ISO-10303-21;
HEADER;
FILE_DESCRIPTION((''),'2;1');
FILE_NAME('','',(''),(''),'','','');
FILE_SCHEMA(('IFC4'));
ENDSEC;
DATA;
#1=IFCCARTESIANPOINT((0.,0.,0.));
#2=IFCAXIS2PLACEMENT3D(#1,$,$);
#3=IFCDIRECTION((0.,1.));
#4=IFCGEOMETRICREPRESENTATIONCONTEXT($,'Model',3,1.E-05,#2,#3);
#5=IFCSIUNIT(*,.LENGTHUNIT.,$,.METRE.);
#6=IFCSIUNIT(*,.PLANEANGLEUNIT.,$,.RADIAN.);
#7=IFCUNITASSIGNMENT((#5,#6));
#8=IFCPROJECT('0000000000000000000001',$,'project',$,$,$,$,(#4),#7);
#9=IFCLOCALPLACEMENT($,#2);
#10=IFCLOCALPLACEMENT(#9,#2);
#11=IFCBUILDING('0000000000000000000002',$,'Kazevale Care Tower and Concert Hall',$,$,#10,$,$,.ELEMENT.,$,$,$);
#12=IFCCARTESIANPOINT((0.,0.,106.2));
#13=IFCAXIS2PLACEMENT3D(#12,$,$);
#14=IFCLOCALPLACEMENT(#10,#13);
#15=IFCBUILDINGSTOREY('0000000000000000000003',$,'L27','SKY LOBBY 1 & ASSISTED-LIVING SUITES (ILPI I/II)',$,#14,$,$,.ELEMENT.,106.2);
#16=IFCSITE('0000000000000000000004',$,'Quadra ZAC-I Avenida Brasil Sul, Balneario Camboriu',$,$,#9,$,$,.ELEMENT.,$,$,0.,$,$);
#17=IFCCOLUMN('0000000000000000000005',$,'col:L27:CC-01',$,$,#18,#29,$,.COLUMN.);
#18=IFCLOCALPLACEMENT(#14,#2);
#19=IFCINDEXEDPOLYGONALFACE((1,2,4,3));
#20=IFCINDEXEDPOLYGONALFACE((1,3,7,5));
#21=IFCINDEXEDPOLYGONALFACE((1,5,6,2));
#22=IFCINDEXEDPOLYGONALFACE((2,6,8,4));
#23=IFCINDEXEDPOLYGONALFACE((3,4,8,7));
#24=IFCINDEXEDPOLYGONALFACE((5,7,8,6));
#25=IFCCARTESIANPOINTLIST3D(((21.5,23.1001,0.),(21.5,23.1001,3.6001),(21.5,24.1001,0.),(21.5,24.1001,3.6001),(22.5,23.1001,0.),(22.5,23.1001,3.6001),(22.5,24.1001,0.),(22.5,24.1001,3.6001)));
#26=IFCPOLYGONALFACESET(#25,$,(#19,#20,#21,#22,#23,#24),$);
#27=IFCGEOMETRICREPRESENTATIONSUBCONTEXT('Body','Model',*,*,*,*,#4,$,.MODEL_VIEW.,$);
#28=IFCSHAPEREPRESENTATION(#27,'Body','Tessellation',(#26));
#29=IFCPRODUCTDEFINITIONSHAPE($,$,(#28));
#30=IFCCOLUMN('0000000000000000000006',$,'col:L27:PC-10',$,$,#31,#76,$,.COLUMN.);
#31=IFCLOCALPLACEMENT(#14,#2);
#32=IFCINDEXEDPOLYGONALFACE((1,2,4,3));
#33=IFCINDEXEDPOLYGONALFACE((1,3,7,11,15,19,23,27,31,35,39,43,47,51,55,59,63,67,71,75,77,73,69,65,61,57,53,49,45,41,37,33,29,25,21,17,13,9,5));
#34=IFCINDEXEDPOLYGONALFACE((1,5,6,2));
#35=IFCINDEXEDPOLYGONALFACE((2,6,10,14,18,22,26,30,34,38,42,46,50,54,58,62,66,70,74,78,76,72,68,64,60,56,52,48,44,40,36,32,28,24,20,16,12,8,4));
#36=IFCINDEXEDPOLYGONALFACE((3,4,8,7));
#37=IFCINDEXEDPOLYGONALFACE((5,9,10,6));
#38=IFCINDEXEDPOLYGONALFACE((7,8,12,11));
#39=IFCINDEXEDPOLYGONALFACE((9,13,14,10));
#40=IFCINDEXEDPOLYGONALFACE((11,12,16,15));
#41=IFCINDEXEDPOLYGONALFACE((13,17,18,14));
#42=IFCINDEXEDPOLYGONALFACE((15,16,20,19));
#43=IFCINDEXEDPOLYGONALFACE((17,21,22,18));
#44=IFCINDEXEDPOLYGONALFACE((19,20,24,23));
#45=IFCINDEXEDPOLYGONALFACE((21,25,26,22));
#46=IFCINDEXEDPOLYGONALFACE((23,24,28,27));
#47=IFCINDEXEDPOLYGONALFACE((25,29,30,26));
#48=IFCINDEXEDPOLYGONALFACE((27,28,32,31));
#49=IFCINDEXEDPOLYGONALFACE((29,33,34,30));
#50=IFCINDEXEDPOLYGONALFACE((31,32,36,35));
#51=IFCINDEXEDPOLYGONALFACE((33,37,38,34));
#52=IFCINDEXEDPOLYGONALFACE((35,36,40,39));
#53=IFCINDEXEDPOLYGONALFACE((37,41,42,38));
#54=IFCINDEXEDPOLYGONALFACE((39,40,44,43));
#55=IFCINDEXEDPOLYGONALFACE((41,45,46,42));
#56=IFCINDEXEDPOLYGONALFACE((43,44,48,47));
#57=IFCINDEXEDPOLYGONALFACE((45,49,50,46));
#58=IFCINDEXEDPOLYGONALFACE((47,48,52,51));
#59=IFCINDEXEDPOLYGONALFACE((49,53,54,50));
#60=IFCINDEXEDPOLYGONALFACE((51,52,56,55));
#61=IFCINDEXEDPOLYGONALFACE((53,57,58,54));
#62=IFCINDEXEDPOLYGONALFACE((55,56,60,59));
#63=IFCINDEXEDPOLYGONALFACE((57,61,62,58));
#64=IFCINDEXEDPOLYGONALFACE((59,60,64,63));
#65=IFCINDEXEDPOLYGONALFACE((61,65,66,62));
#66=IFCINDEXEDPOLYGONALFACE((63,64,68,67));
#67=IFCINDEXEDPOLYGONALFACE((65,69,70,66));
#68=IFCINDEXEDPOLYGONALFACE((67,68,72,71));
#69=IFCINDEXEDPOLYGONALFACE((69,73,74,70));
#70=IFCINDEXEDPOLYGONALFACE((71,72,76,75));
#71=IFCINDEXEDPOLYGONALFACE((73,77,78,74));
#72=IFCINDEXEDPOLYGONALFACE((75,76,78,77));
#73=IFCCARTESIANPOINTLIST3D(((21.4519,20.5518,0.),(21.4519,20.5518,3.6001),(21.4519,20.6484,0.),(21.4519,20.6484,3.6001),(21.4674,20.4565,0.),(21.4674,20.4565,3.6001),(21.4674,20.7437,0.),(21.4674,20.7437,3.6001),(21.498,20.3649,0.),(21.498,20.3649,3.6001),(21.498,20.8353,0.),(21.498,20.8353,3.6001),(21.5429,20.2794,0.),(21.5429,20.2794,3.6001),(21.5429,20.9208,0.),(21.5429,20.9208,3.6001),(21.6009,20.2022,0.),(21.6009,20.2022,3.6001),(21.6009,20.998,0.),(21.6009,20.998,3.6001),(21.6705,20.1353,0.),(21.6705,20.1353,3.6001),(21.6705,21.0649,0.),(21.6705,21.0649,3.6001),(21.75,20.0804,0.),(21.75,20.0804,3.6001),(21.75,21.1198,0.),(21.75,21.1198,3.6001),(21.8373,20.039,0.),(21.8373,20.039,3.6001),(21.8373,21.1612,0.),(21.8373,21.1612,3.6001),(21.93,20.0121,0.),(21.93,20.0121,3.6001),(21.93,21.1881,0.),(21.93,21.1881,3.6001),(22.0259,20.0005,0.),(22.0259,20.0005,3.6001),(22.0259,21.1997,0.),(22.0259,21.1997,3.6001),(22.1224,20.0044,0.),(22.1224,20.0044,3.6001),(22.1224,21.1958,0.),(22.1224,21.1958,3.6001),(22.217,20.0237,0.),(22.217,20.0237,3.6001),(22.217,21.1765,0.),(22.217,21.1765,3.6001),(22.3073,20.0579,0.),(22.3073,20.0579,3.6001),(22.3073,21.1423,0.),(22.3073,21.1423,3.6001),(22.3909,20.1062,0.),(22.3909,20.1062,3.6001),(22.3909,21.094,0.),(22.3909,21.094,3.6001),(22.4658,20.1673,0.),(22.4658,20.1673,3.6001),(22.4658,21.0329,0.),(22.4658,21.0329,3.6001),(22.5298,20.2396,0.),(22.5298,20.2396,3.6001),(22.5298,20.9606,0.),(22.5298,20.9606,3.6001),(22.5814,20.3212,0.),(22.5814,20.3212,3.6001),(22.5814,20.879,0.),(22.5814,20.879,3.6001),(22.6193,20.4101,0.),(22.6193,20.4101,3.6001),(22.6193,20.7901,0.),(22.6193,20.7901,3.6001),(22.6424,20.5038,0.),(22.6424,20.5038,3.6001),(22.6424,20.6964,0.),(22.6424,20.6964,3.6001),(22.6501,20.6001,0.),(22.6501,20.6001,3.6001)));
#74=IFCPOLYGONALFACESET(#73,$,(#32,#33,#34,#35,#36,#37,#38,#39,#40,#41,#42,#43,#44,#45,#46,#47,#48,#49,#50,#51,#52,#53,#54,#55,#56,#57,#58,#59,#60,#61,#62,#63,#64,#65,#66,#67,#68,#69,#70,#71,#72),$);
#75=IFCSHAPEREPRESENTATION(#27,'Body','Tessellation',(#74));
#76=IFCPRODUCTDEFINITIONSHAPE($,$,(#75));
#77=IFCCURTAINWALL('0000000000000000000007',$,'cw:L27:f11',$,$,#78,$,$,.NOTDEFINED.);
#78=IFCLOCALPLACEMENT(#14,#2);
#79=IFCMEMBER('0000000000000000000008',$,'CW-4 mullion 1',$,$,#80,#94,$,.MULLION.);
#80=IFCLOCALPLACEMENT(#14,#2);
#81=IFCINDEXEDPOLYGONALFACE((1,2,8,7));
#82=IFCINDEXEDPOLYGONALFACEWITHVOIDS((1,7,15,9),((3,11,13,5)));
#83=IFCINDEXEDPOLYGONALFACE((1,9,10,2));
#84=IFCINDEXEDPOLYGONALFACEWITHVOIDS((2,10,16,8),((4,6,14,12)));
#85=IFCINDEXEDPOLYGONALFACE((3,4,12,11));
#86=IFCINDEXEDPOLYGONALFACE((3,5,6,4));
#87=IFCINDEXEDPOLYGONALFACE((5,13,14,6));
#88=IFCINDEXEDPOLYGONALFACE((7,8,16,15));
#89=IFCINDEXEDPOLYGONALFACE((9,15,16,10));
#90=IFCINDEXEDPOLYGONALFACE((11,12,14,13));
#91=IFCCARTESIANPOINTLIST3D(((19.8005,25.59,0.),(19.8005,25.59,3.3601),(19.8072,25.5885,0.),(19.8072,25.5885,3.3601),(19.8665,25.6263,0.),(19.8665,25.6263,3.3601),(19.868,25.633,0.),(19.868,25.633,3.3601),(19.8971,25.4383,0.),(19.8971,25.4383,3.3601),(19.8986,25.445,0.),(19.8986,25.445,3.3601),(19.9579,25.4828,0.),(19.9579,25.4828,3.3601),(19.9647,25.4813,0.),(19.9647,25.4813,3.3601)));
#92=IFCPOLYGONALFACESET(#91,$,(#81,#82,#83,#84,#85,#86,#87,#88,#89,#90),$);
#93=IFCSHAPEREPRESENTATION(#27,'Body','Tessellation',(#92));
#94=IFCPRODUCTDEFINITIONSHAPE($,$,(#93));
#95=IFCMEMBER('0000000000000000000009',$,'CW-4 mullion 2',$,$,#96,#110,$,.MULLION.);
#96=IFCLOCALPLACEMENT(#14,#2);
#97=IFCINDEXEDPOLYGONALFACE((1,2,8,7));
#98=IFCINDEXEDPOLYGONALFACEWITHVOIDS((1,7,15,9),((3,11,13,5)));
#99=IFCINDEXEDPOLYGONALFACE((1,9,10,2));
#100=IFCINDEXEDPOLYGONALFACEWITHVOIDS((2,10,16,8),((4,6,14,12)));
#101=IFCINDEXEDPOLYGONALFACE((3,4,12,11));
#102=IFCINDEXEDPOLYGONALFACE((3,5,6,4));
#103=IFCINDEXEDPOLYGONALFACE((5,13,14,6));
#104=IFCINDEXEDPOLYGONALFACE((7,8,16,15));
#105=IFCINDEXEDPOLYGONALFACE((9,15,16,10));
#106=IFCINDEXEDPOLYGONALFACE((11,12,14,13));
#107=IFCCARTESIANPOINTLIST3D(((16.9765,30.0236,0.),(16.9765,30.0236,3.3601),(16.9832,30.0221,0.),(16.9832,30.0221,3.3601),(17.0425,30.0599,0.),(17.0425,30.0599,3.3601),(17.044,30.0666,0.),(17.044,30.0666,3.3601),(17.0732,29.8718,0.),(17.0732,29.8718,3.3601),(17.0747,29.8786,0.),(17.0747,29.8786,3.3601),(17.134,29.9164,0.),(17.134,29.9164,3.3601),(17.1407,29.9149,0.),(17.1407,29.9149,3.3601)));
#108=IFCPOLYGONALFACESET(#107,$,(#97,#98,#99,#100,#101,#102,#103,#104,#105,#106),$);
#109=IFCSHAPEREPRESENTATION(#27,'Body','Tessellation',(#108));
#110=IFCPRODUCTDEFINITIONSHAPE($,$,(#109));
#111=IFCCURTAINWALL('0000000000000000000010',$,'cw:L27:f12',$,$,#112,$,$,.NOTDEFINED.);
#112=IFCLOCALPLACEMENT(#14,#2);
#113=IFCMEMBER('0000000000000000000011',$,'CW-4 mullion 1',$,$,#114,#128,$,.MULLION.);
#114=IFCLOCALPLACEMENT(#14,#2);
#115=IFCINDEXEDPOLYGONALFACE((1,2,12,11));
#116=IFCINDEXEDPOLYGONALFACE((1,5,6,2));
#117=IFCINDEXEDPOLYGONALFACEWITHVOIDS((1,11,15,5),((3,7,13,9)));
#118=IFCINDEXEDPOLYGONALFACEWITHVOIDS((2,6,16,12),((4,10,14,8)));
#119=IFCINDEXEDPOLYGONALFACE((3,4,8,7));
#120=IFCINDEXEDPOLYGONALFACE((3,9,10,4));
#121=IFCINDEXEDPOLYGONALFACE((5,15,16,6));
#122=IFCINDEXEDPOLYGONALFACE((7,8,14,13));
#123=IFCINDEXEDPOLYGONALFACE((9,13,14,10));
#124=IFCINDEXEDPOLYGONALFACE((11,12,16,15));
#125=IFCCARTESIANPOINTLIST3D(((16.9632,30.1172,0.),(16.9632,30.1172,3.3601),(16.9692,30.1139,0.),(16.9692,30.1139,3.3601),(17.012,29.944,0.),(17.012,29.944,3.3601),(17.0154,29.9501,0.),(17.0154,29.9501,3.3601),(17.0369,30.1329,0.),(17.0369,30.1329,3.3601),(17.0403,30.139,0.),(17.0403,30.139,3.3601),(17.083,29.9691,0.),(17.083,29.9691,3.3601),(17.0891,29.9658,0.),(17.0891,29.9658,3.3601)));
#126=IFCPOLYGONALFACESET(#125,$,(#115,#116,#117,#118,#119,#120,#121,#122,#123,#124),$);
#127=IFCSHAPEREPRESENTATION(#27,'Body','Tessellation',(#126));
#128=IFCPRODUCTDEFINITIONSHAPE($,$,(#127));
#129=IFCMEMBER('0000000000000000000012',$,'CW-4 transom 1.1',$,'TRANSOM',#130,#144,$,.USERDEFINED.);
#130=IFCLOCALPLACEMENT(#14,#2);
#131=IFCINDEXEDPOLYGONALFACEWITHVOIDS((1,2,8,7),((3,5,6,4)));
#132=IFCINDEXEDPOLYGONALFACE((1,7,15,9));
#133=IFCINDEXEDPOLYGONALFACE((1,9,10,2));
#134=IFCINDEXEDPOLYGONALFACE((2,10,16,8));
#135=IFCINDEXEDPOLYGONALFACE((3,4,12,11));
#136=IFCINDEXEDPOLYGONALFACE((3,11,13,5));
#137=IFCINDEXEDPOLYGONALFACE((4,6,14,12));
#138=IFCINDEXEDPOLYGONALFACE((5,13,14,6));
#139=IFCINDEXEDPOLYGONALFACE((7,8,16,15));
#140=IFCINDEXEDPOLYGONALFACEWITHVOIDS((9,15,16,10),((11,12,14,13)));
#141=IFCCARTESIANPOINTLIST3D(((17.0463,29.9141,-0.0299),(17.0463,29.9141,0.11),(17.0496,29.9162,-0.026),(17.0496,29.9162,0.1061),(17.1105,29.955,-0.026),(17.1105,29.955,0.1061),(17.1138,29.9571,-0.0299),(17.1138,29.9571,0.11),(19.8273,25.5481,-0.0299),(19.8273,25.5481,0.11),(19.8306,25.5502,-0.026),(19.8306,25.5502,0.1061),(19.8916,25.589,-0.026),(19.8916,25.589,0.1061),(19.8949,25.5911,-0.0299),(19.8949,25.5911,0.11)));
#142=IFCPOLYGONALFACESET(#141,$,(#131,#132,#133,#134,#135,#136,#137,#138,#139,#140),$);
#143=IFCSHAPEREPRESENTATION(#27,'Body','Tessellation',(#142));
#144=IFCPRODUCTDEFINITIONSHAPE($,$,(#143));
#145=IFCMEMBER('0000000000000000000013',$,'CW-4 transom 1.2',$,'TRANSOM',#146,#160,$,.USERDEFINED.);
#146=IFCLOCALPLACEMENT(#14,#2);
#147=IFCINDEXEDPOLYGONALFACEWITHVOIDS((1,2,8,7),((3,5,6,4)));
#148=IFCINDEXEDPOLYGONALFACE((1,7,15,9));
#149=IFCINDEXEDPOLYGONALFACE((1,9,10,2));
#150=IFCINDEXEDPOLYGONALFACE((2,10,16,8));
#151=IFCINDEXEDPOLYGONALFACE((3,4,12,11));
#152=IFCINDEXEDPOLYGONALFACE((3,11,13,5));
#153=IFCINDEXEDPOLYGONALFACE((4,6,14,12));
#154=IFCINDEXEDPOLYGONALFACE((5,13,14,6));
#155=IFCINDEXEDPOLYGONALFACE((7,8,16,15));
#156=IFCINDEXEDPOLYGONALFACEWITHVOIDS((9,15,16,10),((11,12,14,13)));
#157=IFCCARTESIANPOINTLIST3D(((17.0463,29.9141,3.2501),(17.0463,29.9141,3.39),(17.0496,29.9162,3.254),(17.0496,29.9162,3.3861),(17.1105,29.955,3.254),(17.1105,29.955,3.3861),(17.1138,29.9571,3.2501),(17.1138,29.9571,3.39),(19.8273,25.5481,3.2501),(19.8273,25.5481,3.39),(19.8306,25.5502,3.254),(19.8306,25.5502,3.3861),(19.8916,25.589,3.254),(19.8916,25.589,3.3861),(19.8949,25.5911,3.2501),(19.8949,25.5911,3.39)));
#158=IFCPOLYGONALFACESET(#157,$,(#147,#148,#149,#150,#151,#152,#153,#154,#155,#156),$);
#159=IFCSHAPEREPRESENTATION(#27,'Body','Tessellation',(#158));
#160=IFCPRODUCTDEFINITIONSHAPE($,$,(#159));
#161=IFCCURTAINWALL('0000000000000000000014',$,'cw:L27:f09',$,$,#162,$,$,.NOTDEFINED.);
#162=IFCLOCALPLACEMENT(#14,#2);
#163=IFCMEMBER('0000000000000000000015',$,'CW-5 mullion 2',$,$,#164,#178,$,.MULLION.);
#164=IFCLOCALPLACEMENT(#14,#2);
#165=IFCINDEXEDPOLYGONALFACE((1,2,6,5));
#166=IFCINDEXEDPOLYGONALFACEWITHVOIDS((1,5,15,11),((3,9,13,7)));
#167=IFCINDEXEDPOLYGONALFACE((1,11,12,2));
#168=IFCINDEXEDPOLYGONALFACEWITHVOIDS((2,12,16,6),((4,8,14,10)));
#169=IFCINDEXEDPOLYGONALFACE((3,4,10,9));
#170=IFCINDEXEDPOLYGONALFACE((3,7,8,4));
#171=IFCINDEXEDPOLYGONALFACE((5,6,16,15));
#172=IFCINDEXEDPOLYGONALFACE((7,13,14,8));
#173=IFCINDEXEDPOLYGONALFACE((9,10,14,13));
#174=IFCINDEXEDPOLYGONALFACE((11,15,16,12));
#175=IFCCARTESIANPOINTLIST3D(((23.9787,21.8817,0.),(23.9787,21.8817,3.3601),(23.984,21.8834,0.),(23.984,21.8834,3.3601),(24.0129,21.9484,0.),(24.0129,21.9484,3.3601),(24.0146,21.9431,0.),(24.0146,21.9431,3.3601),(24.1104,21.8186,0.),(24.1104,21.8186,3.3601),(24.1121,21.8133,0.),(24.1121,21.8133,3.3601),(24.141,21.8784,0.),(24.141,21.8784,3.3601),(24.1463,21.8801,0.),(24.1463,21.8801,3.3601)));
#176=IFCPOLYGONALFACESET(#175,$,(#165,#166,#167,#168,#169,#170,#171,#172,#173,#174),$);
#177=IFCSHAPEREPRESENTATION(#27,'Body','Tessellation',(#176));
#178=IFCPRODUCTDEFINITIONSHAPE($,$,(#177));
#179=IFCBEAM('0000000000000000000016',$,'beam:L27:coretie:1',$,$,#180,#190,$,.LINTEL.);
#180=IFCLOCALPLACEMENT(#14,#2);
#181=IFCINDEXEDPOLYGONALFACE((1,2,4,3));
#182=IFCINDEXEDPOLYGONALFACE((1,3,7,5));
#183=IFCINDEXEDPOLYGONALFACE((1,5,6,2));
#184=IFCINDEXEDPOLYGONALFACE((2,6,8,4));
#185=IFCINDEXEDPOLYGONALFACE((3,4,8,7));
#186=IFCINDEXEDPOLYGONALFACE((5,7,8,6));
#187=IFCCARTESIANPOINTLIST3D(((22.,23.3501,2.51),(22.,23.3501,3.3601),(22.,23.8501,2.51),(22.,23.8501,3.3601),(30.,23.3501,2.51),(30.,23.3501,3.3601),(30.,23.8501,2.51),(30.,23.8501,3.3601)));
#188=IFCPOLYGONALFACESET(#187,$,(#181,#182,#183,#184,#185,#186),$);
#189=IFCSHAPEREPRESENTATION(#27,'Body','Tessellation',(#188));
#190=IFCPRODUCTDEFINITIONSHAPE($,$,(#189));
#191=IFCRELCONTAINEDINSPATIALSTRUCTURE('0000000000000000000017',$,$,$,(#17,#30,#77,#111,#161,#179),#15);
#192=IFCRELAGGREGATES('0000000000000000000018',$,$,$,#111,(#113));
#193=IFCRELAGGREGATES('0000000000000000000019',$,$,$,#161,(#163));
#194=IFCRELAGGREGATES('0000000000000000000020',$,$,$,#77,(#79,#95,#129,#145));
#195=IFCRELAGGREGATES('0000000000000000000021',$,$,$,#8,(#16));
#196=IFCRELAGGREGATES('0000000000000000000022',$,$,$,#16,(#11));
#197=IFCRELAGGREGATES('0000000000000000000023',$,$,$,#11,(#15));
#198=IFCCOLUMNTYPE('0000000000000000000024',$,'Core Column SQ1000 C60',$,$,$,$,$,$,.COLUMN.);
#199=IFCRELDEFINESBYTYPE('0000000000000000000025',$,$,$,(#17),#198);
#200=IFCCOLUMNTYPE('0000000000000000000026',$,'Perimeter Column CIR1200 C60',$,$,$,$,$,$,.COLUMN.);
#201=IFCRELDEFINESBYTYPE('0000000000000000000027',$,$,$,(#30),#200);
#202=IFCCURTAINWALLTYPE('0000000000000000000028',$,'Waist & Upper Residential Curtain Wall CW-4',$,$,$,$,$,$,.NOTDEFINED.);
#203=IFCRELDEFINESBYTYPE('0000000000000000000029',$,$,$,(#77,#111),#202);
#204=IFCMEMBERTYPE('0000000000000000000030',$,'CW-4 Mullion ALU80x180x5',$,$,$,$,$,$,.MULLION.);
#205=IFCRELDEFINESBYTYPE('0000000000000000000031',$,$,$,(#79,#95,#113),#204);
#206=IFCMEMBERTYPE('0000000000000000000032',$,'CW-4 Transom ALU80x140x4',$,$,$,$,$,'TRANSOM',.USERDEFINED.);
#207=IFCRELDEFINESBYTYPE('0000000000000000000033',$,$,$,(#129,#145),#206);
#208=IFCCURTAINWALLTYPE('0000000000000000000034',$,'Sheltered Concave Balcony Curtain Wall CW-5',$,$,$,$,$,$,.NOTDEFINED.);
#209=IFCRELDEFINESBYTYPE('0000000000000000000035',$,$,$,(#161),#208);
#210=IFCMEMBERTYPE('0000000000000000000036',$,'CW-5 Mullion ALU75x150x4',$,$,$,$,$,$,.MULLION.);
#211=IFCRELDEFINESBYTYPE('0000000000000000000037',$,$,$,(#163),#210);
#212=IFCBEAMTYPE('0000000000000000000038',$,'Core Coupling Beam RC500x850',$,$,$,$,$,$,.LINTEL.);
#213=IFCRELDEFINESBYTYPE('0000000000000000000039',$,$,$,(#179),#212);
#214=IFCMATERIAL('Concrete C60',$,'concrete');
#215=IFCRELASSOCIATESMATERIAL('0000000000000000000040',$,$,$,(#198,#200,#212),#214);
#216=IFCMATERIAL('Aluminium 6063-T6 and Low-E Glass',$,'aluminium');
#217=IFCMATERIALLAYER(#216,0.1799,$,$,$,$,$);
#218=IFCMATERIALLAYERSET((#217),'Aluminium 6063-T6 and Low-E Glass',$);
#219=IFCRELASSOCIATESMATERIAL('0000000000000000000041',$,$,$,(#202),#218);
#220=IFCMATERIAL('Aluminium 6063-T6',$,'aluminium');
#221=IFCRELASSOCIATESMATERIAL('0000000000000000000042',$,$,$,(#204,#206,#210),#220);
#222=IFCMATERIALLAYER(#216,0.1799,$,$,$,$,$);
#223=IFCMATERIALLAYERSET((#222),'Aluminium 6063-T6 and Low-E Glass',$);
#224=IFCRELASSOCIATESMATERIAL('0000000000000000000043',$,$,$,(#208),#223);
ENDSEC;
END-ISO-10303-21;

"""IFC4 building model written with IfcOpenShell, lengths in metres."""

from ifc_helpers import new_model, si_unit, direction, frame, origin, origin_2d, place, context, subcontext, project, spatial, rectangle, hollow_rectangle, circle, extrude, material, layer, layer_set, material_profile, profile_set, type_object, element, aggregate, save


model = new_model("IFC4")

# Units and contexts
model_context = context("Model", 3, precision=1e-05, world=origin(), true_north=direction((0.0, 1.0)))
body_context = subcontext(model_context, "Body", "Model", "MODEL_VIEW")
ifc_project = project(units=[si_unit("LENGTHUNIT", "METRE"), si_unit("PLANEANGLEUNIT", "RADIAN")], contexts=[model_context])

# Site, building, storey
site_placement = place(None, origin())
site = spatial("IfcSite", under=ifc_project, at=site_placement, Name="Quadra ZAC-I Avenida Brasil Sul, Balneario Camboriu", CompositionType="ELEMENT", RefElevation=0.0)
building_placement = place(site_placement, origin())
building = spatial("IfcBuilding", under=site, at=building_placement, Name="Kazevale Care Tower and Concert Hall", CompositionType="ELEMENT")
storey_placement = place(building_placement, frame((0.0, 0.0, 106.2)))
storey = spatial("IfcBuildingStorey", under=building, at=storey_placement, Name="L27", Description="SKY LOBBY 1 & ASSISTED-LIVING SUITES (ILPI I/II)", CompositionType="ELEMENT", Elevation=106.2)

# Columns
ifc_material_1 = material(Name="Concrete C60", Category="concrete")
ifc_material_profile_1 = material_profile(ifc_material_1, rectangle(XDim=1.0, YDim=1.0, at=origin_2d()), Name="RC-SQ1000")
ifc_profile_set_1 = profile_set([ifc_material_profile_1], Name="Concrete C60")
column_type_1 = type_object("IfcColumnType", Name="Core Column SQ1000 C60", PredefinedType="COLUMN", material=ifc_profile_set_1)
column_1_placement = place(storey_placement, frame((22.0, 23.6001, 0.0), z_axis=(0.0, 0.0, 1.0), x_axis=(1.0, 0.0, 0.0)))
element("IfcColumn", 1, at=column_1_placement, inside=storey, type_object=column_type_1, Name="col:L27:CC-01", PredefinedType="COLUMN", context=body_context, shape_type="SweptSolid", body=[
    extrude(rectangle(XDim=1.0, YDim=1.0, at=origin_2d()), origin(), (0.0, 0.0, 1.0), 3.6001),
])
ifc_material_profile_2 = material_profile(ifc_material_1, circle(Radius=0.6001, at=origin_2d()), Name="RC-CIR1200")
ifc_profile_set_2 = profile_set([ifc_material_profile_2], Name="Concrete C60")
column_type_2 = type_object("IfcColumnType", Name="Perimeter Column CIR1200 C60", PredefinedType="COLUMN", material=ifc_profile_set_2)
column_2_placement = place(storey_placement, frame((22.05, 20.6001, 0.0), z_axis=(0.0, 0.0, 1.0), x_axis=(1.0, 0.0, 0.0)))
element("IfcColumn", 2, at=column_2_placement, inside=storey, type_object=column_type_2, Name="col:L27:PC-10", PredefinedType="COLUMN", context=body_context, shape_type="SweptSolid", body=[
    extrude(circle(Radius=0.6001, at=origin_2d()), origin(), (0.0, 0.0, 1.0), 3.6001),
])

# Curtain wall, members
ifc_material_2 = material(Name="Aluminium 6063-T6 and Low-E Glass", Category="aluminium")
ifc_layer_1 = layer(ifc_material_2, 0.1799)
ifc_layer_set_1 = layer_set([ifc_layer_1], Name="Aluminium 6063-T6 and Low-E Glass")
curtain_wall_type_1 = type_object("IfcCurtainWallType", Name="Waist & Upper Residential Curtain Wall CW-4", PredefinedType="NOTDEFINED", material=ifc_layer_set_1)
curtain_wall_1_placement = place(storey_placement, origin())
curtain_wall_1 = element("IfcCurtainWall", 3, at=curtain_wall_1_placement, inside=storey, type_object=curtain_wall_type_1, Name="cw:L27:f11", PredefinedType="NOTDEFINED")
ifc_material_3 = material(Name="Aluminium 6063-T6", Category="aluminium")
ifc_material_profile_3 = material_profile(ifc_material_3, hollow_rectangle(XDim=0.0801, YDim=0.1799, WallThickness=0.0049, at=origin_2d()), Name="ALU80x180x5")
ifc_profile_set_3 = profile_set([ifc_material_profile_3], Name="Aluminium 6063-T6")
member_type_1 = type_object("IfcMemberType", Name="CW-4 Mullion ALU80x180x5", PredefinedType="MULLION", material=ifc_profile_set_3)
member_1_placement = place(storey_placement, frame((19.8826, 25.5356, 0.0), z_axis=(0.0, 0.0, 1.0), x_axis=(-0.84343, -0.537239, 0.0)))
member_1 = element("IfcMember", 4, at=member_1_placement, type_object=member_type_1, Name="CW-4 mullion 1", PredefinedType="MULLION", context=body_context, shape_type="SweptSolid", body=[
    extrude(hollow_rectangle(XDim=0.0801, YDim=0.1799, WallThickness=0.0049, at=origin_2d()), origin(), (0.0, 0.0, 1.0), 3.3601),
])
member_2_placement = place(storey_placement, frame((17.0586, 29.9692, 0.0), z_axis=(0.0, 0.0, 1.0), x_axis=(-0.84343, -0.537239, 0.0)))
member_2 = element("IfcMember", 5, at=member_2_placement, type_object=member_type_1, Name="CW-4 mullion 2", PredefinedType="MULLION", context=body_context, shape_type="SweptSolid", body=[
    extrude(hollow_rectangle(XDim=0.0801, YDim=0.1799, WallThickness=0.0049, at=origin_2d()), origin(), (0.0, 0.0, 1.0), 3.3601),
])

# Curtain wall, member
curtain_wall_2_placement = place(storey_placement, origin())
curtain_wall_2 = element("IfcCurtainWall", 6, at=curtain_wall_2_placement, inside=storey, type_object=curtain_wall_type_1, Name="cw:L27:f12", PredefinedType="NOTDEFINED")
member_3_placement = place(storey_placement, frame((17.0261, 30.0415, 0.0), z_axis=(0.0, 0.0, 1.0), x_axis=(-0.962499, -0.271285, 0.0)))
member_3 = element("IfcMember", 7, at=member_3_placement, type_object=member_type_1, Name="CW-4 mullion 1", PredefinedType="MULLION", context=body_context, shape_type="SweptSolid", body=[
    extrude(hollow_rectangle(XDim=0.0801, YDim=0.1799, WallThickness=0.0049, at=origin_2d()), origin(), (0.0, 0.0, 1.0), 3.3601),
])
aggregate(curtain_wall_2, [member_3])

# Members
ifc_material_profile_4 = material_profile(ifc_material_3, hollow_rectangle(XDim=0.0801, YDim=0.1399, WallThickness=0.0039, at=origin_2d()), Name="ALU80x140x4")
ifc_profile_set_4 = profile_set([ifc_material_profile_4], Name="Aluminium 6063-T6")
member_type_2 = type_object("IfcMemberType", Name="CW-4 Transom ALU80x140x4", ElementType="TRANSOM", PredefinedType="USERDEFINED", material=ifc_profile_set_4)
member_4_placement = place(storey_placement, frame((19.8611, 25.5696, 0.04), z_axis=(-0.537242, 0.843428, 0.0), x_axis=(-0.843428, -0.537242, 0.0)))
member_4 = element("IfcMember", 8, at=member_4_placement, type_object=member_type_2, Name="CW-4 transom 1.1", ObjectType="TRANSOM", PredefinedType="USERDEFINED", context=body_context, shape_type="SweptSolid", body=[
    extrude(hollow_rectangle(XDim=0.0801, YDim=0.1399, WallThickness=0.0039, at=origin_2d()), origin(), (0.0, 0.0, 1.0), 5.1765),
])
member_5_placement = place(storey_placement, frame((19.8611, 25.5696, 3.3201), z_axis=(-0.537242, 0.843428, 0.0), x_axis=(-0.843428, -0.537242, 0.0)))
member_5 = element("IfcMember", 9, at=member_5_placement, type_object=member_type_2, Name="CW-4 transom 1.2", ObjectType="TRANSOM", PredefinedType="USERDEFINED", context=body_context, shape_type="SweptSolid", body=[
    extrude(hollow_rectangle(XDim=0.0801, YDim=0.1399, WallThickness=0.0039, at=origin_2d()), origin(), (0.0, 0.0, 1.0), 5.1765),
])

# Curtain wall, member
ifc_layer_2 = layer(ifc_material_2, 0.1799)
ifc_layer_set_2 = layer_set([ifc_layer_2], Name="Aluminium 6063-T6 and Low-E Glass")
curtain_wall_type_2 = type_object("IfcCurtainWallType", Name="Sheltered Concave Balcony Curtain Wall CW-5", PredefinedType="NOTDEFINED", material=ifc_layer_set_2)
curtain_wall_3_placement = place(storey_placement, origin())
curtain_wall_3 = element("IfcCurtainWall", 10, at=curtain_wall_3_placement, inside=storey, type_object=curtain_wall_type_2, Name="cw:L27:f09", PredefinedType="NOTDEFINED")
ifc_material_profile_5 = material_profile(ifc_material_3, hollow_rectangle(XDim=0.075, YDim=0.1499, WallThickness=0.0039, at=origin_2d()), Name="ALU75x150x4")
ifc_profile_set_5 = profile_set([ifc_material_profile_5], Name="Aluminium 6063-T6")
member_type_3 = type_object("IfcMemberType", Name="CW-5 Mullion ALU75x150x4", PredefinedType="MULLION", material=ifc_profile_set_5)
member_6_placement = place(storey_placement, frame((24.0625, 21.8809, 0.0), z_axis=(0.0, 0.0, 1.0), x_axis=(-0.455713, -0.890127, 0.0)))
member_6 = element("IfcMember", 11, at=member_6_placement, type_object=member_type_3, Name="CW-5 mullion 2", PredefinedType="MULLION", context=body_context, shape_type="SweptSolid", body=[
    extrude(hollow_rectangle(XDim=0.075, YDim=0.1499, WallThickness=0.0039, at=origin_2d()), origin(), (0.0, 0.0, 1.0), 3.3601),
])
aggregate(curtain_wall_3, [member_6])

# Beam
ifc_material_profile_6 = material_profile(ifc_material_1, rectangle(XDim=0.5, YDim=0.8501, at=origin_2d()), Name="RC-B500x850")
ifc_profile_set_6 = profile_set([ifc_material_profile_6], Name="Concrete C60")
beam_type_1 = type_object("IfcBeamType", Name="Core Coupling Beam RC500x850", PredefinedType="LINTEL", material=ifc_profile_set_6)
beam_1_placement = place(storey_placement, frame((22.0, 23.6001, 2.9351), z_axis=(1.0, 0.0, 0.0), x_axis=(0.0, 1.0, 0.0)))
element("IfcBeam", 12, at=beam_1_placement, inside=storey, type_object=beam_type_1, Name="beam:L27:coretie:1", PredefinedType="LINTEL", context=body_context, shape_type="SweptSolid", body=[
    extrude(rectangle(XDim=0.5, YDim=0.8501, at=origin_2d()), origin(), (0.0, 0.0, 1.0), 8.0),
])

aggregate(curtain_wall_1, [member_1, member_2, member_4, member_5])

save(model, "model.ifc")
